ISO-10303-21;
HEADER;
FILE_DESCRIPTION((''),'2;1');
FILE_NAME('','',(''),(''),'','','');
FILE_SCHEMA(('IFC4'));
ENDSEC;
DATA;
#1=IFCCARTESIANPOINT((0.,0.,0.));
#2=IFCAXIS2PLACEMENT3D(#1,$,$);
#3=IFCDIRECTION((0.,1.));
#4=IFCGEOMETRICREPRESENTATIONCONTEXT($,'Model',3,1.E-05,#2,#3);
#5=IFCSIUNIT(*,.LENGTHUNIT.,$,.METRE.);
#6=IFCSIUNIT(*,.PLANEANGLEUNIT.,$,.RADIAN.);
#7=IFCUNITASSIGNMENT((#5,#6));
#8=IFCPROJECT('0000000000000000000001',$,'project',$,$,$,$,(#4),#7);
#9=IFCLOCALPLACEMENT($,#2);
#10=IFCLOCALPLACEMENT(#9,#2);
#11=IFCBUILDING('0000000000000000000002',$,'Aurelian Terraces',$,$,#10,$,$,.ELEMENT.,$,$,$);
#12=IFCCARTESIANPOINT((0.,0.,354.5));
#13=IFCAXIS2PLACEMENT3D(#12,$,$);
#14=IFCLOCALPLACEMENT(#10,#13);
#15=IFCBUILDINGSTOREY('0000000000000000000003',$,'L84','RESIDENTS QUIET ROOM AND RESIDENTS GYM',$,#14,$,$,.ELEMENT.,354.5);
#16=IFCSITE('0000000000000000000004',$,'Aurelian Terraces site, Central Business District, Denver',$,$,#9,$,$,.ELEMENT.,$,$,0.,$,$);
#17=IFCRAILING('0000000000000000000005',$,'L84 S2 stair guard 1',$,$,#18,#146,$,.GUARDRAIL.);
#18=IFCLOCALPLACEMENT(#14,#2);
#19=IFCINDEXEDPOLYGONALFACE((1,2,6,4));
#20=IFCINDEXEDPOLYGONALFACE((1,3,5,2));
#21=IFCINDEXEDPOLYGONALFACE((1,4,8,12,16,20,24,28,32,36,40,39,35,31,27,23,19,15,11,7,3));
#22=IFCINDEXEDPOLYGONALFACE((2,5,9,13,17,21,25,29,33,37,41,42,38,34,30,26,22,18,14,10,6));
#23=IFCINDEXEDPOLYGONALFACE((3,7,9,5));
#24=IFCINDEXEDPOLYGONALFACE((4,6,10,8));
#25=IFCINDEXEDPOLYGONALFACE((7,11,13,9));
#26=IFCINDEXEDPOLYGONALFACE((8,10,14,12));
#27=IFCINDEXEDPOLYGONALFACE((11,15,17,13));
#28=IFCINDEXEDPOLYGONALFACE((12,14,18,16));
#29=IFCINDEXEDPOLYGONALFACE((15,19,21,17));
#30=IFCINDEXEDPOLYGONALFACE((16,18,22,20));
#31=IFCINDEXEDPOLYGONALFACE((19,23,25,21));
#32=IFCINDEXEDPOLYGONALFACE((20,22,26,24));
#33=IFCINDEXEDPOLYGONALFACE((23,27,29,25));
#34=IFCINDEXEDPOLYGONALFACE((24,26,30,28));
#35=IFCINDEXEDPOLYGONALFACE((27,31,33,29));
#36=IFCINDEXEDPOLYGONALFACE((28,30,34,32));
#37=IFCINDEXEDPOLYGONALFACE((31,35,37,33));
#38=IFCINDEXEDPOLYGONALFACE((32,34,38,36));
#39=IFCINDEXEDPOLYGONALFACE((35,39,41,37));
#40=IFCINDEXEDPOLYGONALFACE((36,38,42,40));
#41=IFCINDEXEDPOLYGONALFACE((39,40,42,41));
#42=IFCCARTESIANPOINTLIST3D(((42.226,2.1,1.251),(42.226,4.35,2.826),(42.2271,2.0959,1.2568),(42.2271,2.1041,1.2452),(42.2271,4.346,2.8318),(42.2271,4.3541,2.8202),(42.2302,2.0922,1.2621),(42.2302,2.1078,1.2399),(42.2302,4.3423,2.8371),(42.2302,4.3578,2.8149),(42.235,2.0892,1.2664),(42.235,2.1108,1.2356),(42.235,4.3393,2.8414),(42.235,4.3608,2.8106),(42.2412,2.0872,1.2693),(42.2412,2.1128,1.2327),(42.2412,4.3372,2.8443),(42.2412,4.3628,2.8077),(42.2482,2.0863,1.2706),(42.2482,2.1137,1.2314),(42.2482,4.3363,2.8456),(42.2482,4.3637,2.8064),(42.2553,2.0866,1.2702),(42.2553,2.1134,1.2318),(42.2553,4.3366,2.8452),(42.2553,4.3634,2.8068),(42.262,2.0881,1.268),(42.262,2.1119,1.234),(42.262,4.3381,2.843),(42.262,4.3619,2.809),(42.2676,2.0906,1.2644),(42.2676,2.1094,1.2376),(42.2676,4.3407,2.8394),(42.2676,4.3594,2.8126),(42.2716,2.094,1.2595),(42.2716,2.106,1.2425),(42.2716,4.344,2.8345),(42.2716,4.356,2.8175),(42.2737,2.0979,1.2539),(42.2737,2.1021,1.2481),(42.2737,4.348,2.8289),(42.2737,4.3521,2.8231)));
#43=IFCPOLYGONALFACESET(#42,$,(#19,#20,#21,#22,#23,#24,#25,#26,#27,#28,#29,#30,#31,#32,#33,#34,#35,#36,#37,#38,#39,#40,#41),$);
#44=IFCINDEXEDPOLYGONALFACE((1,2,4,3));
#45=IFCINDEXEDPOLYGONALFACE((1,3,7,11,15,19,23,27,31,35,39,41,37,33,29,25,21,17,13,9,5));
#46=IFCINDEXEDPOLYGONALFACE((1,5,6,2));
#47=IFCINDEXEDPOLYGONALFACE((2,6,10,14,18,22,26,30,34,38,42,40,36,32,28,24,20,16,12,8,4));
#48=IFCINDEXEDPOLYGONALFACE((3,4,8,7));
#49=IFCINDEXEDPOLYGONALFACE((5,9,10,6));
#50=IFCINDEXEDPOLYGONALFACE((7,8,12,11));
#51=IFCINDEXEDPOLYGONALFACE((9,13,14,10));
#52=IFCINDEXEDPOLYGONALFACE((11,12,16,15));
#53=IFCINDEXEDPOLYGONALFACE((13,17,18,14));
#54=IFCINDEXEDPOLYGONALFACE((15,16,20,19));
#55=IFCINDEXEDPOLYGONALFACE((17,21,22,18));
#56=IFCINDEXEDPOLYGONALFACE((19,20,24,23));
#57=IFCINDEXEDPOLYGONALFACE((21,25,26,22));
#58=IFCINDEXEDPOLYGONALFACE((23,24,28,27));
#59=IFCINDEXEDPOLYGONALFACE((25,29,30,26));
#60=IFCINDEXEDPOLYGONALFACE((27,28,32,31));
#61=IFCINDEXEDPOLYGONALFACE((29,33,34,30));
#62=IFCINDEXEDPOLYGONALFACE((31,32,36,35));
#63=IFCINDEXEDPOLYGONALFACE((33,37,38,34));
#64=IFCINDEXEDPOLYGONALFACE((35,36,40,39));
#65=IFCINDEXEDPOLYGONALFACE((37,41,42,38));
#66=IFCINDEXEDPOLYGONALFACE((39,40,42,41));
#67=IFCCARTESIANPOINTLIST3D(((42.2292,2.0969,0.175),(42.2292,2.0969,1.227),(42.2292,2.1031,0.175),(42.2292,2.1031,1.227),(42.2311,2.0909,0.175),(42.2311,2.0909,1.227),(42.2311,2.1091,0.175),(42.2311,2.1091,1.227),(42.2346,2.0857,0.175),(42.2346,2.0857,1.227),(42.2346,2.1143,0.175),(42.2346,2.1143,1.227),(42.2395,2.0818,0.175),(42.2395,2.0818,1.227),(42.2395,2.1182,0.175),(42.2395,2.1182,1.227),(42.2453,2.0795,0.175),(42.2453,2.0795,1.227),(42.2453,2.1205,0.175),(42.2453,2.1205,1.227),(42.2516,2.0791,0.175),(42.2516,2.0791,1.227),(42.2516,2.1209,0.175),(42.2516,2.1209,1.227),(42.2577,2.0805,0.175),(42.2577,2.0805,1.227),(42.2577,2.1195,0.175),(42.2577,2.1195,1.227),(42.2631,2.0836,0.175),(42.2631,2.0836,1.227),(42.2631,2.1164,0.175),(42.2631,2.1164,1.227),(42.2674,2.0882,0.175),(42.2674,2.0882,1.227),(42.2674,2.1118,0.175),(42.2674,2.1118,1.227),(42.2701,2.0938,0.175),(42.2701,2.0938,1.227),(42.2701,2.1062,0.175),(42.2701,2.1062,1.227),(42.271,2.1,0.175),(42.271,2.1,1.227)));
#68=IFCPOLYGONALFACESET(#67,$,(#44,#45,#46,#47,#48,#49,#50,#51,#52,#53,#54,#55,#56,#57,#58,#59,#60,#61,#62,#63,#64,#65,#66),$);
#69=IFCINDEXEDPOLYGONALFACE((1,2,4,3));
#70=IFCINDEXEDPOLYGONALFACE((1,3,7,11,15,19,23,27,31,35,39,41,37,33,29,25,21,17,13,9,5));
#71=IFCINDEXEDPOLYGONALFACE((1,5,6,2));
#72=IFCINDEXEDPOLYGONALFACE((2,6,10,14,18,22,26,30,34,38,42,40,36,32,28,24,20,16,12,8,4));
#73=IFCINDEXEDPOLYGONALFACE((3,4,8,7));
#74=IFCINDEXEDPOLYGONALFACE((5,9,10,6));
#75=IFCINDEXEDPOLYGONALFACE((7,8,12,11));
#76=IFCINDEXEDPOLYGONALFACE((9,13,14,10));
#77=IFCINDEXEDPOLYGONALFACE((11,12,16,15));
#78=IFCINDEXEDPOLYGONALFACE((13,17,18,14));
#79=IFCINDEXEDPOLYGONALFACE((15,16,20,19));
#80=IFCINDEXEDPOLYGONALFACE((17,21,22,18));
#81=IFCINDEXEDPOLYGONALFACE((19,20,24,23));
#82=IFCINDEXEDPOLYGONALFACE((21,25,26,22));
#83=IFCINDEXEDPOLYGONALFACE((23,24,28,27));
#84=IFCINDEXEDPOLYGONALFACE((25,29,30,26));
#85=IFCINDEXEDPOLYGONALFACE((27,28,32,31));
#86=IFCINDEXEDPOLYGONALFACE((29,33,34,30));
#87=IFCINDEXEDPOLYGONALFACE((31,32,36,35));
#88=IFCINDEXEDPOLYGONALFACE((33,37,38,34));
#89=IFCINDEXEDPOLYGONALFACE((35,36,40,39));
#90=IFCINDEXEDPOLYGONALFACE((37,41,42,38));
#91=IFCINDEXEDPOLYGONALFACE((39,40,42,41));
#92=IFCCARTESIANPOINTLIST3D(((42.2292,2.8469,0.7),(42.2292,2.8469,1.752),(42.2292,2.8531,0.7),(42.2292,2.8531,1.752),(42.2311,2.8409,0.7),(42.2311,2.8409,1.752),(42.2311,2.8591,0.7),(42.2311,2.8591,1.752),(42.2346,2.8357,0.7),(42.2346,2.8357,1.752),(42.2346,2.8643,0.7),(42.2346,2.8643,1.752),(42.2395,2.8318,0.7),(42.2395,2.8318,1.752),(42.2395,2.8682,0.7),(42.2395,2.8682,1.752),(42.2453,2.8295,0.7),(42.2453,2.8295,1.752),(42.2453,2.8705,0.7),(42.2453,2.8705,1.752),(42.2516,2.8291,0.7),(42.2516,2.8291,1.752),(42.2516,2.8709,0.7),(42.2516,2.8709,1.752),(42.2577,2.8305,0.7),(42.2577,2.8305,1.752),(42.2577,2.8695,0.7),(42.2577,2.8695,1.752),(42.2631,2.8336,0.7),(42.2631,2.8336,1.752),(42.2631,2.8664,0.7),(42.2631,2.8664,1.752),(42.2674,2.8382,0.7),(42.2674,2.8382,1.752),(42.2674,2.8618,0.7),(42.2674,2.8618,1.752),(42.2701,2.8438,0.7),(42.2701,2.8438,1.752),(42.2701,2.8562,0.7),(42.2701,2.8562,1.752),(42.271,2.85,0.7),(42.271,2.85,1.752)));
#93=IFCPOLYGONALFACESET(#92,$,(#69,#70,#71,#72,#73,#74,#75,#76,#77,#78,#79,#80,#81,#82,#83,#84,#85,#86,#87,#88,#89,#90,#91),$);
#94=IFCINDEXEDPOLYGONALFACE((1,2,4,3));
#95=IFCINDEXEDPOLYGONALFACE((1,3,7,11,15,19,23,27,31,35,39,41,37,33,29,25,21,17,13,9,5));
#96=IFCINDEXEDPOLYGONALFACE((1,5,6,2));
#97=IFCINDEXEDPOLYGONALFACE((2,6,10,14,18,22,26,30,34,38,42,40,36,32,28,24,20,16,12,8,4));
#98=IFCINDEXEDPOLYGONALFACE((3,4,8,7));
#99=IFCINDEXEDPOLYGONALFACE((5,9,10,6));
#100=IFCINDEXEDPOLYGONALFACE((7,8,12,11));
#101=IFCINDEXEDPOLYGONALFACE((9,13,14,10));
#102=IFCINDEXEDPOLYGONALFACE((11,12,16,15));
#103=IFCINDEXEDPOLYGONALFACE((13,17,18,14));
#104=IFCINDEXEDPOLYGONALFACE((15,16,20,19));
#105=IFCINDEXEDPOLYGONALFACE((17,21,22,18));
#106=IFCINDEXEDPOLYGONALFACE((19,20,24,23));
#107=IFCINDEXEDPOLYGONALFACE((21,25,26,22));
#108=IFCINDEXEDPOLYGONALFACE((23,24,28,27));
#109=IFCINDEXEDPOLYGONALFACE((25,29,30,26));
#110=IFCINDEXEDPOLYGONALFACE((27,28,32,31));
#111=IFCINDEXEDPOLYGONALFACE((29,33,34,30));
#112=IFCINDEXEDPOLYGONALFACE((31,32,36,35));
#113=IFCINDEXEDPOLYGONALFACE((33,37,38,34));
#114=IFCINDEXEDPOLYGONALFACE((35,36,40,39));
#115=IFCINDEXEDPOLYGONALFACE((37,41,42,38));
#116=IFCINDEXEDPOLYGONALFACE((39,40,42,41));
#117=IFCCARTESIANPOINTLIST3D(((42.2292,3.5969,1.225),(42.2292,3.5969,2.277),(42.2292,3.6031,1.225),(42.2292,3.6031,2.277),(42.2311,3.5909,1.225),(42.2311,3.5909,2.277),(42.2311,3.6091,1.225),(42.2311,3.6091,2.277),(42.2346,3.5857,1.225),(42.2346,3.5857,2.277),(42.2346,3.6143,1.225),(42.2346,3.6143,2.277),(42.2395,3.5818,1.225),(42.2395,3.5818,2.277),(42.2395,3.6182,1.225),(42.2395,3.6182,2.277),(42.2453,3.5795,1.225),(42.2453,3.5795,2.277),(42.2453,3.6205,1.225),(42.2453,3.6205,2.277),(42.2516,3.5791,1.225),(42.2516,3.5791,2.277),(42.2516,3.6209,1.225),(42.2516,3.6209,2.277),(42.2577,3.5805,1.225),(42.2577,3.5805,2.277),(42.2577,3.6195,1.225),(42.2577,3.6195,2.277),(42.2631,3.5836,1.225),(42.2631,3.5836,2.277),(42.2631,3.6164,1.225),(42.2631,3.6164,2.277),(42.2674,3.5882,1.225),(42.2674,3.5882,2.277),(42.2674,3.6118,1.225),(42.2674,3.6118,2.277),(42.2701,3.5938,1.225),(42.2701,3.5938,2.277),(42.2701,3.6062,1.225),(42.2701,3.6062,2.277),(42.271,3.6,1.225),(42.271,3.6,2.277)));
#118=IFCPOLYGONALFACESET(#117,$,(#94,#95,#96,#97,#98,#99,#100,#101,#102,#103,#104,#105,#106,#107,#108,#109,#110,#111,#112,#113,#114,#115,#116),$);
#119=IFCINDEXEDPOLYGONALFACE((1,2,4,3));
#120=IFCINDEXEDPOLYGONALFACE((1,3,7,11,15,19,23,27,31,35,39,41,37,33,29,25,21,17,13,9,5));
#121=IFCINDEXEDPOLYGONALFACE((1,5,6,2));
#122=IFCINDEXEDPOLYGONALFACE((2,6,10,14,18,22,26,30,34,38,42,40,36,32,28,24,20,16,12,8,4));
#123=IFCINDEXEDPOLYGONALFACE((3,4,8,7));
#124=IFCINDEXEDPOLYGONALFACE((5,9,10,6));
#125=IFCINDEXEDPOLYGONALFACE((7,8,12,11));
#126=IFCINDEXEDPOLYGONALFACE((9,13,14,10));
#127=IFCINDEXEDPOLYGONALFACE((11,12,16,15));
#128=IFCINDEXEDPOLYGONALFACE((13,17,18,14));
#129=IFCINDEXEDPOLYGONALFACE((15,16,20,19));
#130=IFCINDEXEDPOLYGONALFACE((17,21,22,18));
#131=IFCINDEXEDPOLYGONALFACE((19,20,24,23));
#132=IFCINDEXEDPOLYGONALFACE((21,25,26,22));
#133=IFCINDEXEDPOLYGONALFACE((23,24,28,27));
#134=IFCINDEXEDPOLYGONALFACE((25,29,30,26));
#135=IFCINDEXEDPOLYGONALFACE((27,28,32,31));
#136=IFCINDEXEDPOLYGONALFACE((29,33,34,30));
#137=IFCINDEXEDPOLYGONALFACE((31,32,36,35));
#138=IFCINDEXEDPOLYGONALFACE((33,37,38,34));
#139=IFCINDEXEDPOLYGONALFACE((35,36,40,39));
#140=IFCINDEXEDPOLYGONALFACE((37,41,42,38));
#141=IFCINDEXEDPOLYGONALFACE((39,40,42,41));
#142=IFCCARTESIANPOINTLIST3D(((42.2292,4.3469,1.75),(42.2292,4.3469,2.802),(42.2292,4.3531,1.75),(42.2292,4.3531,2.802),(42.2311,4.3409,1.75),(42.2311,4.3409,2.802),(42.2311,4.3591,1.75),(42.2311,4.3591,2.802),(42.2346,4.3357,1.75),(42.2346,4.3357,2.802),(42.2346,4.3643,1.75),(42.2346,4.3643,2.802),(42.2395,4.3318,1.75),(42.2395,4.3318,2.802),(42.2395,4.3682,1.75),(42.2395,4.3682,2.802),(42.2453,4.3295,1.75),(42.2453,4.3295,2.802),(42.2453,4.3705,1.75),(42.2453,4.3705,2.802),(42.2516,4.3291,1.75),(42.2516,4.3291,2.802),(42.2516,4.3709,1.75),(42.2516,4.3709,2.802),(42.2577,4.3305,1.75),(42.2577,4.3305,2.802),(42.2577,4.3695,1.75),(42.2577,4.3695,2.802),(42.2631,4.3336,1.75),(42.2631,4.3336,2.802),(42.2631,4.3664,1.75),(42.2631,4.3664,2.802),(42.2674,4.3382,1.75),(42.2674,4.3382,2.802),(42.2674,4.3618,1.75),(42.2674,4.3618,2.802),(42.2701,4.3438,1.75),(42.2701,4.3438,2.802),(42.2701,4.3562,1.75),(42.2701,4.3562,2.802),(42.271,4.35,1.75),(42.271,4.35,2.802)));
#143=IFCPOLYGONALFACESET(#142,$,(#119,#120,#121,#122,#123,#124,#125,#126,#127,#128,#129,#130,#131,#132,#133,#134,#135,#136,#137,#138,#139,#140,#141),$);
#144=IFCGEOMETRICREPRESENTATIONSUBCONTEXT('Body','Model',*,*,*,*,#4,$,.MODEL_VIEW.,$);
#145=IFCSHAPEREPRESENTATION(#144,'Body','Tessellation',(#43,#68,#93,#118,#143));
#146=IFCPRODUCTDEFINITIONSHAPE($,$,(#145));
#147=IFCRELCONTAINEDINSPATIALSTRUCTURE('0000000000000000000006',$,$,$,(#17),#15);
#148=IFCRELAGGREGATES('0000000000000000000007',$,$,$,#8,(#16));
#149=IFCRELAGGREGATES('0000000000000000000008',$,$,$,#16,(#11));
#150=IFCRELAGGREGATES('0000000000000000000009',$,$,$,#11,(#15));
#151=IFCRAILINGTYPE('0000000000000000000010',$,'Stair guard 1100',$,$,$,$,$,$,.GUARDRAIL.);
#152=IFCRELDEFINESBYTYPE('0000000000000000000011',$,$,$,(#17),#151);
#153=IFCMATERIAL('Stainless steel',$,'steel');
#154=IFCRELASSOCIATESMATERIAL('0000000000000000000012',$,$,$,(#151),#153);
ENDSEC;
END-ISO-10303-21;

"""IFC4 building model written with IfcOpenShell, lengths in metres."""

from ifc_helpers import new_model, si_unit, direction, frame, origin, origin_2d, place, context, subcontext, project, spatial, circle, extrude, source, transform, mapped, material, type_object, element, save


model = new_model("IFC4")

# Units and contexts
model_context = context("Model", 3, precision=1e-05, world=origin(), true_north=direction((0.0, 1.0)))
body_context = subcontext(model_context, "Body", "Model", "MODEL_VIEW")
ifc_project = project(units=[si_unit("LENGTHUNIT", "METRE"), si_unit("PLANEANGLEUNIT", "RADIAN")], contexts=[model_context])

# Site, building, storey
site_placement = place(None, origin())
site = spatial("IfcSite", under=ifc_project, at=site_placement, Name="Aurelian Terraces site, Central Business District, Denver", CompositionType="ELEMENT", RefElevation=0.0)
building_placement = place(site_placement, origin())
building = spatial("IfcBuilding", under=site, at=building_placement, Name="Aurelian Terraces", CompositionType="ELEMENT")
storey_placement = place(building_placement, frame((0.0, 0.0, 354.5)))
storey = spatial("IfcBuildingStorey", under=building, at=storey_placement, Name="L84", Description="RESIDENTS QUIET ROOM AND RESIDENTS GYM", CompositionType="ELEMENT", Elevation=354.5)

# Railing
ifc_material_1 = material(Name="Stainless steel", Category="steel")
railing_type_1 = type_object("IfcRailingType", Name="Stair guard 1100", PredefinedType="GUARDRAIL", material=ifc_material_1)
shared_shape_1 = source(origin(), body_context, "Body", "SweptSolid", [
    extrude(circle(Radius=0.024, at=origin_2d()), frame((0.0, 0.0, 1.076), z_axis=(0.0, 0.819232, 0.573462), x_axis=(-1.0, 0.0, 0.0)), (0.0, 0.0, 1.0), 2.7465),
    extrude(circle(Radius=0.021, at=origin_2d()), origin(), (0.0, 0.0, 1.0), 1.052),
    extrude(circle(Radius=0.021, at=origin_2d()), frame((0.0, 0.75, 0.525)), (0.0, 0.0, 1.0), 1.052),
    extrude(circle(Radius=0.021, at=origin_2d()), frame((0.0, 1.5, 1.05)), (0.0, 0.0, 1.0), 1.052),
    extrude(circle(Radius=0.021, at=origin_2d()), frame((0.0, 2.25, 1.575)), (0.0, 0.0, 1.0), 1.052),
])
railing_1_placement = place(storey_placement, frame((42.25, 2.1, 0.175)))
element("IfcRailing", 1, at=railing_1_placement, inside=storey, type_object=railing_type_1, Name="L84 S2 stair guard 1", PredefinedType="GUARDRAIL", context=body_context, shape_type="MappedRepresentation", body=[
    mapped(shared_shape_1, transform((0.0, 0.0, 0.0), scale=1.0)),
])

save(model, "model.ifc")
